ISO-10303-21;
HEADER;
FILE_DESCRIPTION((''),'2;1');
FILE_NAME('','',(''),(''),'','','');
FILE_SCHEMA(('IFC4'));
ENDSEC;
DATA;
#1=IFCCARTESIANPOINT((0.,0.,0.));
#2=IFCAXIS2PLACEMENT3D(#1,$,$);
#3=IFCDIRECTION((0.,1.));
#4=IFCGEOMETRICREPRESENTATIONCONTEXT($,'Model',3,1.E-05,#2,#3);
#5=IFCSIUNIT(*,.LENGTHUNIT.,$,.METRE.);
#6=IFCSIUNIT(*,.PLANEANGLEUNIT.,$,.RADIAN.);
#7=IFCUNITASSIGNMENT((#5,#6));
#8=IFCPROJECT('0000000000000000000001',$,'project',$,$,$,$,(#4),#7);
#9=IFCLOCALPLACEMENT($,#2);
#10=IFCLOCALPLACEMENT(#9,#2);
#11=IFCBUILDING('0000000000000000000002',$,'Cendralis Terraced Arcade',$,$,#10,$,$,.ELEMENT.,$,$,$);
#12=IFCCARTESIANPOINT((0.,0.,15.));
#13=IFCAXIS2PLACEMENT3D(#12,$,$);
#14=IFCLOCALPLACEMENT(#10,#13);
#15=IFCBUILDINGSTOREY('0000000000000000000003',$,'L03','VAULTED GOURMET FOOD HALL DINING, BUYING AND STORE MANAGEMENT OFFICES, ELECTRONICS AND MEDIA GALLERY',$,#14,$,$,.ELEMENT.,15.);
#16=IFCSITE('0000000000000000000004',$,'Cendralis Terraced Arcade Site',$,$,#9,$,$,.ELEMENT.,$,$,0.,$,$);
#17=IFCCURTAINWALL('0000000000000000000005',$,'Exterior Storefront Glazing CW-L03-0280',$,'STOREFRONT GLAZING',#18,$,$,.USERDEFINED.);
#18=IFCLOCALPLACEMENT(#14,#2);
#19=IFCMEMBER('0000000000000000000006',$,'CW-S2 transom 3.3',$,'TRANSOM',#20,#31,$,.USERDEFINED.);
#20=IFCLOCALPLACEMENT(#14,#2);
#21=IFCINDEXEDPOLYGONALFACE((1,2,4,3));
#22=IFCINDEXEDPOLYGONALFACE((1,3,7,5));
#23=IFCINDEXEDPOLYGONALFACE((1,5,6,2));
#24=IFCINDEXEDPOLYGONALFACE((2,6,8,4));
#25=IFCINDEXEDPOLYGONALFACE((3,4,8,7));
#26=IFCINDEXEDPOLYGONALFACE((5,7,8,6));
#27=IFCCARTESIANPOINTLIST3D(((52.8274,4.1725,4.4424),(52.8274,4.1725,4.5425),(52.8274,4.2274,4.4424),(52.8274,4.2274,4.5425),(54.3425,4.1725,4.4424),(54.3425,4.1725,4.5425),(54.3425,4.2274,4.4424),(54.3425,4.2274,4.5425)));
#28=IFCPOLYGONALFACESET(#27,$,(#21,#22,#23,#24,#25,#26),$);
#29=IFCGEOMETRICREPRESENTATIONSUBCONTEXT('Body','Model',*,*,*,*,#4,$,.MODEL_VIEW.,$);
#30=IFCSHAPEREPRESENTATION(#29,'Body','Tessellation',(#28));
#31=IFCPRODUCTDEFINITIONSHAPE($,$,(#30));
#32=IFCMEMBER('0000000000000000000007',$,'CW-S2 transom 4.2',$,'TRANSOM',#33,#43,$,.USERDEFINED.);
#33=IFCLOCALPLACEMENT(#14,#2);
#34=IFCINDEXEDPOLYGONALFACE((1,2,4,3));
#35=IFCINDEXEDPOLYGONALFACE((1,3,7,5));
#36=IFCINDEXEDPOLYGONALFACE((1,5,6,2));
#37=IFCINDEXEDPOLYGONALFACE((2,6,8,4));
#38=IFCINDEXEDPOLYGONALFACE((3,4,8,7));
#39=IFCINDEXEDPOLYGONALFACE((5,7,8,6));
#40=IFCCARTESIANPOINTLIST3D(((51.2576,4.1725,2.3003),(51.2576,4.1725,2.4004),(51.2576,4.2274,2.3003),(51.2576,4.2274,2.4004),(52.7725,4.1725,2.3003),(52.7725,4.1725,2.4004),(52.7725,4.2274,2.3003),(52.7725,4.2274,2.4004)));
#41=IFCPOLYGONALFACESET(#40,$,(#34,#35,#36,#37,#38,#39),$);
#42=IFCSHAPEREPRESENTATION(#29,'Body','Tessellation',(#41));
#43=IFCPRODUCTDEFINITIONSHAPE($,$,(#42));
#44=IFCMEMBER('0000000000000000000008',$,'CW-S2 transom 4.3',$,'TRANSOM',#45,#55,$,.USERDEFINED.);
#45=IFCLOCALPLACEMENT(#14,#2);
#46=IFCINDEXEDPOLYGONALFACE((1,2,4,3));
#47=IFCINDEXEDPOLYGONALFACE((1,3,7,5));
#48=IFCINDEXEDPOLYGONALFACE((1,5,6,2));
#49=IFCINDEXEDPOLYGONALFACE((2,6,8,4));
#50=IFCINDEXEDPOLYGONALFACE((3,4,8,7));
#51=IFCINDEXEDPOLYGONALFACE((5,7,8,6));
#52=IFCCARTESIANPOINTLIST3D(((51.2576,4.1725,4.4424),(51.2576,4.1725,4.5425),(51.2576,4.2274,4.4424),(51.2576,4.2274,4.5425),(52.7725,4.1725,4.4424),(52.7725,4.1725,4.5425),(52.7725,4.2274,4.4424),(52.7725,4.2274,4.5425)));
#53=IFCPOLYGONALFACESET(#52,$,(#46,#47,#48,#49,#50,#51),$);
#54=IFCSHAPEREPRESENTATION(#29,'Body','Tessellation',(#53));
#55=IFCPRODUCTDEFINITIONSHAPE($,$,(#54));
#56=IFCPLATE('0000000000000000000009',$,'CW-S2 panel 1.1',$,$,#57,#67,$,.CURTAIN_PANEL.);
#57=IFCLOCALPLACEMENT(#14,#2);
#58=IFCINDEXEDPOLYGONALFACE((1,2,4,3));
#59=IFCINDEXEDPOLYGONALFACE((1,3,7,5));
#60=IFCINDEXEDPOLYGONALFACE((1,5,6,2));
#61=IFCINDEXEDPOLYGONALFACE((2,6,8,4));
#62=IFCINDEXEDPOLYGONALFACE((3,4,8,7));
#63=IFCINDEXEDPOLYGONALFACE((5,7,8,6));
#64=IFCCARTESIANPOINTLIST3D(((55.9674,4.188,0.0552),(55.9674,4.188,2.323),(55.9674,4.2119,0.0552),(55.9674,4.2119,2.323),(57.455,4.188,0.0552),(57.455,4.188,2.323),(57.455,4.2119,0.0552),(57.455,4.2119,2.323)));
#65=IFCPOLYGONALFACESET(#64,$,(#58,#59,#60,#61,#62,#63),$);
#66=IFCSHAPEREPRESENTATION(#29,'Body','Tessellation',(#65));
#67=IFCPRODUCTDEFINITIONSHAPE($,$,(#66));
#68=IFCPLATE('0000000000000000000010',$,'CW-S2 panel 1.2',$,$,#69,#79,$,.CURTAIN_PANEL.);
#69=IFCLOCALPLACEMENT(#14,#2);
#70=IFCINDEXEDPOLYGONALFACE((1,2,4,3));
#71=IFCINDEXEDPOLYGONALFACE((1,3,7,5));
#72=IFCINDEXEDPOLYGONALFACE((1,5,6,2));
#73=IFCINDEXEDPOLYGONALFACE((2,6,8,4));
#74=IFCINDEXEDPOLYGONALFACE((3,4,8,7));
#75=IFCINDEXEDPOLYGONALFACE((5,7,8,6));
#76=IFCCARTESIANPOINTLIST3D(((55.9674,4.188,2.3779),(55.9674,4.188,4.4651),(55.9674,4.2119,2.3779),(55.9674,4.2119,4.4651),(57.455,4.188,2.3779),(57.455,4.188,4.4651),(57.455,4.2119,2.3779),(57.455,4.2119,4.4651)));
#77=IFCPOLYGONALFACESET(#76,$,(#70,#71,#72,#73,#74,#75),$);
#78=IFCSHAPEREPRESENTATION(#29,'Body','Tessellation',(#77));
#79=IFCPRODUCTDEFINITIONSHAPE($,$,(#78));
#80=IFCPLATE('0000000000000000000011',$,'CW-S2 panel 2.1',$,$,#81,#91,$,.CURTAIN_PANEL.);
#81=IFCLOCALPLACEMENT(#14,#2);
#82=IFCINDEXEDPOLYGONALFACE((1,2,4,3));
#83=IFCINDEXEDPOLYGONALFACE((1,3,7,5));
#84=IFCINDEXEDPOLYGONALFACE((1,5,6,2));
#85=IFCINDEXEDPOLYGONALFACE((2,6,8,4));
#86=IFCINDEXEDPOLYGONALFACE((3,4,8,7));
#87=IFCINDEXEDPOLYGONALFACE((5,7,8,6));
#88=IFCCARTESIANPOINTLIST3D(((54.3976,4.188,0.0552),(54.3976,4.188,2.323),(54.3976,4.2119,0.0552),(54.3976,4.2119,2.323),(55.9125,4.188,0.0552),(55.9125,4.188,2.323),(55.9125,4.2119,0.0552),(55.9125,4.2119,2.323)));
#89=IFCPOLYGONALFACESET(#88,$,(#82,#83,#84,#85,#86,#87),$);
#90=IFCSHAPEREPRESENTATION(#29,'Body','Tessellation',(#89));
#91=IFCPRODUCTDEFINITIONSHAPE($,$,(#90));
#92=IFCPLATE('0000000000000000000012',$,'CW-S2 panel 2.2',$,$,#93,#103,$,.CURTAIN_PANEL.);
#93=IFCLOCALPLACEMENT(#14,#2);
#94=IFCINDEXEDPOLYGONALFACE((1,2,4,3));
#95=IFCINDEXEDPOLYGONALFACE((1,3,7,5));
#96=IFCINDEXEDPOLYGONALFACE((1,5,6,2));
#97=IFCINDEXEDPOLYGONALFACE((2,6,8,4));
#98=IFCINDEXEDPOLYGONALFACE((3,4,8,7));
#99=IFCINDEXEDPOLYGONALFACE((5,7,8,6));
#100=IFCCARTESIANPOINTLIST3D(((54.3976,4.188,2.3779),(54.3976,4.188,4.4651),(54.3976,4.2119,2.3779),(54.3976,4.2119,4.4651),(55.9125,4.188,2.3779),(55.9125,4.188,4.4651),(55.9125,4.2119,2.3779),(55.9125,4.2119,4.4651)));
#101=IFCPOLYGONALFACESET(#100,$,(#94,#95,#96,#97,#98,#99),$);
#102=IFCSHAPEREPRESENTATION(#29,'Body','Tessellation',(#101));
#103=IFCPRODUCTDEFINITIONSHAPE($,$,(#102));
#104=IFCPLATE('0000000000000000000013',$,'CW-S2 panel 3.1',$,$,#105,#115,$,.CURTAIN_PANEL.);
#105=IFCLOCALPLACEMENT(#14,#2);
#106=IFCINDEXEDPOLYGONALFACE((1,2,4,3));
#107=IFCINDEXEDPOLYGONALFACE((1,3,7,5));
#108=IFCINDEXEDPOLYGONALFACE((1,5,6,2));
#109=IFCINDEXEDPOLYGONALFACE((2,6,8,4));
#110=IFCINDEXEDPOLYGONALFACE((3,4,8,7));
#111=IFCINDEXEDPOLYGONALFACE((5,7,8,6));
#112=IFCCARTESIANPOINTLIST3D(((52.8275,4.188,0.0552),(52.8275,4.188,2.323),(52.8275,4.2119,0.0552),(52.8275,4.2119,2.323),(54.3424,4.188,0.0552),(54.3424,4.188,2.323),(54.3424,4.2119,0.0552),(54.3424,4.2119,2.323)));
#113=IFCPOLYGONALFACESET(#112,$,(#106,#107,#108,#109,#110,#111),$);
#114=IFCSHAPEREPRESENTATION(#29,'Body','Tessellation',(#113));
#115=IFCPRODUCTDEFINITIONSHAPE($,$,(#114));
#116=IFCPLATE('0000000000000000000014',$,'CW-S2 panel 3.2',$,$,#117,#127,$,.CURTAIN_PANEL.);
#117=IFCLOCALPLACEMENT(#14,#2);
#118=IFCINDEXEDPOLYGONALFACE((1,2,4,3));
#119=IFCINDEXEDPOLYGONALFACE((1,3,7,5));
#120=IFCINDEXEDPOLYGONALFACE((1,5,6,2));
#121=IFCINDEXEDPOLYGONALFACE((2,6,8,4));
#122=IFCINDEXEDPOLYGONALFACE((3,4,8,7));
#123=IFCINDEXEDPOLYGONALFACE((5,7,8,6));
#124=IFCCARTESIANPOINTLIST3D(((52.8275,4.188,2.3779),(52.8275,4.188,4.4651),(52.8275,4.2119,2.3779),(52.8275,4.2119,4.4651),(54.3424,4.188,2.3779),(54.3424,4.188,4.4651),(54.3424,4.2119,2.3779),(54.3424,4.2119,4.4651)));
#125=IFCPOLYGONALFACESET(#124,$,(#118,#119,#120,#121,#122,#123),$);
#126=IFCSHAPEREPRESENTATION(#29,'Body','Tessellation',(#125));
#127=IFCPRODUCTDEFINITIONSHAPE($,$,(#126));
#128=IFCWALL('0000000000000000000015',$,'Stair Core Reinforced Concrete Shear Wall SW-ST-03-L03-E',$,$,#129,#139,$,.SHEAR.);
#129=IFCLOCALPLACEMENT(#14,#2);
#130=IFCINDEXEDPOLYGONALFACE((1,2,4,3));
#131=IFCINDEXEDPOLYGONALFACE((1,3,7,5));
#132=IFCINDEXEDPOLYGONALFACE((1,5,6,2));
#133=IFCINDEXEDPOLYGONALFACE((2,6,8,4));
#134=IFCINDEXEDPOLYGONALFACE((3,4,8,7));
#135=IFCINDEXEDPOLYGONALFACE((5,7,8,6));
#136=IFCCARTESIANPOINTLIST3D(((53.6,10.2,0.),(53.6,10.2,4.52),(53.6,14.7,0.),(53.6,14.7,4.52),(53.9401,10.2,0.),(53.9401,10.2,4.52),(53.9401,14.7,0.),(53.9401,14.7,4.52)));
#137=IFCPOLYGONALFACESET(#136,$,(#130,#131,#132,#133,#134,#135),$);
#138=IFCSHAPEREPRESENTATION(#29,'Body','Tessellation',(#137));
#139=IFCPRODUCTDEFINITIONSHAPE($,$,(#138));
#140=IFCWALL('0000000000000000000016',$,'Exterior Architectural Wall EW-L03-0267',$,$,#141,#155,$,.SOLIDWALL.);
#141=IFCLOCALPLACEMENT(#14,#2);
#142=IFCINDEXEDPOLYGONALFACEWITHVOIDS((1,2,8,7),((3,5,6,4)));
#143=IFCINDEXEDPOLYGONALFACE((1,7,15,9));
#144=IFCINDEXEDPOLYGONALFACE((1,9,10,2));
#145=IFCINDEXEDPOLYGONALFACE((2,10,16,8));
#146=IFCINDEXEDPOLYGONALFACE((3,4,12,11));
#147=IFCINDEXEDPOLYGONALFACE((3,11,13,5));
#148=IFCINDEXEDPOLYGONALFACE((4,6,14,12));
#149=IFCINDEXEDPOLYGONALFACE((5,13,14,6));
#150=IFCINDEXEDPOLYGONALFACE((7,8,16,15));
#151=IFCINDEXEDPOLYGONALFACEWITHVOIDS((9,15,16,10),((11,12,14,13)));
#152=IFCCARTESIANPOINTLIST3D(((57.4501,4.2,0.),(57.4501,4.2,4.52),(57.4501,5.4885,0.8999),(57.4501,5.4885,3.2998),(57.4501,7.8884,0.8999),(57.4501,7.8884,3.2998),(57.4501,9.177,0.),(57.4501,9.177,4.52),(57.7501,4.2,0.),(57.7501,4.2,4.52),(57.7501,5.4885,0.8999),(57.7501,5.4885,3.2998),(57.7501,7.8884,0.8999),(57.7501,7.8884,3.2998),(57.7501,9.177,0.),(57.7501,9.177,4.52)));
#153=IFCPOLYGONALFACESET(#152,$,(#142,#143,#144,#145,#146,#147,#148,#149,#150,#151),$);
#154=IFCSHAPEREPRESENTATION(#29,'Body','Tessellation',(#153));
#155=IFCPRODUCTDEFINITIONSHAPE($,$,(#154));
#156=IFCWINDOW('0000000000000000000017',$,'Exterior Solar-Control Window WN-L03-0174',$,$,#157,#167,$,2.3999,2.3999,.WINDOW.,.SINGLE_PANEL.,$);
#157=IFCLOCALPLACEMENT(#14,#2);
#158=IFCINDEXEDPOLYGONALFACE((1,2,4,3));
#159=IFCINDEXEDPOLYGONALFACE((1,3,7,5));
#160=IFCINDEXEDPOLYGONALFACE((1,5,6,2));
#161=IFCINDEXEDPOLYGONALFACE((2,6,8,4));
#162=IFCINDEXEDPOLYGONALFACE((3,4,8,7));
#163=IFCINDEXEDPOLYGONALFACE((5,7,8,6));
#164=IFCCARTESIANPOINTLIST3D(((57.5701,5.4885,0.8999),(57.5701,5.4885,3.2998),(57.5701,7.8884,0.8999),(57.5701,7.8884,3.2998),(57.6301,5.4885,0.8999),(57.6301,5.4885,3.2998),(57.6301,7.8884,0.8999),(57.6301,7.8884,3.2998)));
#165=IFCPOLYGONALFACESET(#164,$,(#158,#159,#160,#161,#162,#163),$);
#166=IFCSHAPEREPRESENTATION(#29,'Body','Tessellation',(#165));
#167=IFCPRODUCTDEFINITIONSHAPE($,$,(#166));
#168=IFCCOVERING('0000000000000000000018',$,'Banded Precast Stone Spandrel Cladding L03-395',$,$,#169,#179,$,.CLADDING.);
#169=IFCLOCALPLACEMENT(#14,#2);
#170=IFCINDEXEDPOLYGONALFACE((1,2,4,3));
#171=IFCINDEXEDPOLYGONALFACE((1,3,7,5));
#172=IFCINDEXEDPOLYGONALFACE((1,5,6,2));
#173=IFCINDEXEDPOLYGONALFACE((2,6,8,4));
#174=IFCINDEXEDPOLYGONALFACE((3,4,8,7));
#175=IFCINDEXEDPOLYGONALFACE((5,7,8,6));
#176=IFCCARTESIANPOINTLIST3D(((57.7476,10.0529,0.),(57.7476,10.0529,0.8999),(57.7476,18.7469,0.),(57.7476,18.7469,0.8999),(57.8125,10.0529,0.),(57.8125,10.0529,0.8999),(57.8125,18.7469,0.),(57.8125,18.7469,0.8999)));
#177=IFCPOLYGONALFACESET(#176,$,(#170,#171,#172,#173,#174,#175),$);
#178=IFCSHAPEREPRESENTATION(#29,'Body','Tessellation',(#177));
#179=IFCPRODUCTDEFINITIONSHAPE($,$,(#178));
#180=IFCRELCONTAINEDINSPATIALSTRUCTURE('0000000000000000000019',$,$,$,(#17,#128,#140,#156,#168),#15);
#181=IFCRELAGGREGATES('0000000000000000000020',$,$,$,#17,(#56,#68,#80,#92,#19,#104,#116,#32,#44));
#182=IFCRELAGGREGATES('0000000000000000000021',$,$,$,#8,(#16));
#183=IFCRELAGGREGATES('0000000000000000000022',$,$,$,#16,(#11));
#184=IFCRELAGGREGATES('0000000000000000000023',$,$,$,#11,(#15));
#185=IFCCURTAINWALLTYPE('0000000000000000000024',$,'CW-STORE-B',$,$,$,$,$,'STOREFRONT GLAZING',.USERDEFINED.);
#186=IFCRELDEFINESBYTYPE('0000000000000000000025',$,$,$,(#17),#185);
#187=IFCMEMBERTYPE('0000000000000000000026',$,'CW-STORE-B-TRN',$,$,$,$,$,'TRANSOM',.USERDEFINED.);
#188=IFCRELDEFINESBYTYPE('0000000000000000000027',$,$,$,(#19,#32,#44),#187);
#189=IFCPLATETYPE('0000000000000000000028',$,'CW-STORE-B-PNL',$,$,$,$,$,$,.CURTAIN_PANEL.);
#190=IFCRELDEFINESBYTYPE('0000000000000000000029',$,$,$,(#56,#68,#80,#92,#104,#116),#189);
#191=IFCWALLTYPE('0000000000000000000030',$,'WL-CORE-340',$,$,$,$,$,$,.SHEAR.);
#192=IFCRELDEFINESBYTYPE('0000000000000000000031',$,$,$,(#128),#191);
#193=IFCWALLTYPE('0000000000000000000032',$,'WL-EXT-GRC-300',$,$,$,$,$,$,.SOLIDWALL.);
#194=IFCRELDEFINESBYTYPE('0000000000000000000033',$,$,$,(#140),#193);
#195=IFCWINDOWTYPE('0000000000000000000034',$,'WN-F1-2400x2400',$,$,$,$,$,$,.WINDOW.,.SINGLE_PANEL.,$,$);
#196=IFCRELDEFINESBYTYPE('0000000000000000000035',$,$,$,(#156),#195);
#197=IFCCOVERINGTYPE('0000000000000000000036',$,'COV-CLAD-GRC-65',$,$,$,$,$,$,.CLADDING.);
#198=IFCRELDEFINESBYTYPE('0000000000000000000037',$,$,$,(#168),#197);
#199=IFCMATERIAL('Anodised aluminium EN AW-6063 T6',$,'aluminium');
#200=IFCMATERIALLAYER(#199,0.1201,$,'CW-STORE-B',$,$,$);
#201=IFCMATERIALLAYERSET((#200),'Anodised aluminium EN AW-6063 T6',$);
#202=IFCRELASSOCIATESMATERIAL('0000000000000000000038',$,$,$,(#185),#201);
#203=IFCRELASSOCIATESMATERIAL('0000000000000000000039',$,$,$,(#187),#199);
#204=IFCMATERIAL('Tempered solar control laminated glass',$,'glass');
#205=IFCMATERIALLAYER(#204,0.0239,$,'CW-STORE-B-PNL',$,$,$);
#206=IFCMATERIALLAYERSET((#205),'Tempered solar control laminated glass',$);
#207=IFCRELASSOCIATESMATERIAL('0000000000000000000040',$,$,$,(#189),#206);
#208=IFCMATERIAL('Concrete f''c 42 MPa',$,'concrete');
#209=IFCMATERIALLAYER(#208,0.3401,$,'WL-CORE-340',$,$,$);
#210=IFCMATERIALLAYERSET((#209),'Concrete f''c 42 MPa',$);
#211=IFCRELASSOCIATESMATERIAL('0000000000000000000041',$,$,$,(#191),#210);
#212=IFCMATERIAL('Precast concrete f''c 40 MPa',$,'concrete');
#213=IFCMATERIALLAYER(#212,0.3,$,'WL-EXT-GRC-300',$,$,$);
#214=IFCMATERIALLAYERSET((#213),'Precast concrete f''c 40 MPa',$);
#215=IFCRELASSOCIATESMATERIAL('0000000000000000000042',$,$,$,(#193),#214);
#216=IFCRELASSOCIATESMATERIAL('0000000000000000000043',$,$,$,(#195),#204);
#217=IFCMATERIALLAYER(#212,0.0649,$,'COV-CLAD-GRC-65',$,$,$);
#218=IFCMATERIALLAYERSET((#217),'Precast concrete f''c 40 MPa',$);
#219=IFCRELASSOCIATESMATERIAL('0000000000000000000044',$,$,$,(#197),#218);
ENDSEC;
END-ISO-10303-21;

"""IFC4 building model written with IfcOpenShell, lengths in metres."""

from ifc_helpers import new_model, si_unit, direction, frame, frame_2d, origin, origin_2d, place, context, subcontext, project, spatial, rectangle, extrude, material, layer, layer_set, material_profile, profile_set, type_object, element, fill, aggregate, save


model = new_model("IFC4")

# Units and contexts
model_context = context("Model", 3, precision=1e-05, world=origin(), true_north=direction((0.0, 1.0)))
body_context = subcontext(model_context, "Body", "Model", "MODEL_VIEW")
ifc_project = project(units=[si_unit("LENGTHUNIT", "METRE"), si_unit("PLANEANGLEUNIT", "RADIAN")], contexts=[model_context])

# Site, building, storey
site_placement = place(None, origin())
site = spatial("IfcSite", under=ifc_project, at=site_placement, Name="Cendralis Terraced Arcade Site", CompositionType="ELEMENT", RefElevation=0.0)
building_placement = place(site_placement, origin())
building = spatial("IfcBuilding", under=site, at=building_placement, Name="Cendralis Terraced Arcade", CompositionType="ELEMENT")
storey_placement = place(building_placement, frame((0.0, 0.0, 15.0)))
storey = spatial("IfcBuildingStorey", under=building, at=storey_placement, Name="L03", Description="VAULTED GOURMET FOOD HALL DINING, BUYING AND STORE MANAGEMENT OFFICES, ELECTRONICS AND MEDIA GALLERY", CompositionType="ELEMENT", Elevation=15.0)

# Shared definitions
ifc_material_1 = material(Name="Concrete f'c 42 MPa", Category="concrete")

# Curtain wall, members, plates
ifc_material_2 = material(Name="Anodised aluminium EN AW-6063 T6", Category="aluminium")
ifc_layer_1 = layer(ifc_material_2, 0.1201, Name="CW-STORE-B")
ifc_layer_set_1 = layer_set([ifc_layer_1], Name="Anodised aluminium EN AW-6063 T6")
curtain_wall_type = type_object("IfcCurtainWallType", Name="CW-STORE-B", ElementType="STOREFRONT GLAZING", PredefinedType="USERDEFINED", material=ifc_layer_set_1)
curtain_wall_placement = place(storey_placement, origin())
curtain_wall = element("IfcCurtainWall", 1, at=curtain_wall_placement, inside=storey, type_object=curtain_wall_type, Name="Exterior Storefront Glazing CW-L03-0280", ObjectType="STOREFRONT GLAZING", PredefinedType="USERDEFINED")
ifc_material_profile_1 = material_profile(ifc_material_2, rectangle(XDim=0.0549, YDim=0.1001, at=origin_2d()), Name="ALU-TRN-55x100")
ifc_profile_set_1 = profile_set([ifc_material_profile_1], Name="Anodised aluminium EN AW-6063 T6")
member_type_1 = type_object("IfcMemberType", Name="CW-STORE-B-TRN", ElementType="TRANSOM", PredefinedType="USERDEFINED", material=ifc_profile_set_1)
member_1_placement = place(storey_placement, frame((54.3425, 4.2, 4.4924), z_axis=(-1.0, 0.0, 0.0), x_axis=(0.0, -1.0, 0.0)))
member_1 = element("IfcMember", 2, at=member_1_placement, type_object=member_type_1, Name="CW-S2 transom 3.3", ObjectType="TRANSOM", PredefinedType="USERDEFINED", context=body_context, shape_type="SweptSolid", body=[
    extrude(rectangle(XDim=0.0549, YDim=0.1001, at=origin_2d()), origin(), (0.0, 0.0, 1.0), 1.5151),
])
member_2_placement = place(storey_placement, frame((52.7725, 4.2, 2.3503), z_axis=(-1.0, 0.0, 0.0), x_axis=(0.0, -1.0, 0.0)))
member_2 = element("IfcMember", 3, at=member_2_placement, type_object=member_type_1, Name="CW-S2 transom 4.2", ObjectType="TRANSOM", PredefinedType="USERDEFINED", context=body_context, shape_type="SweptSolid", body=[
    extrude(rectangle(XDim=0.0549, YDim=0.1001, at=origin_2d()), origin(), (0.0, 0.0, 1.0), 1.5149),
])
member_3_placement = place(storey_placement, frame((52.7725, 4.2, 4.4924), z_axis=(-1.0, 0.0, 0.0), x_axis=(0.0, -1.0, 0.0)))
member_3 = element("IfcMember", 4, at=member_3_placement, type_object=member_type_1, Name="CW-S2 transom 4.3", ObjectType="TRANSOM", PredefinedType="USERDEFINED", context=body_context, shape_type="SweptSolid", body=[
    extrude(rectangle(XDim=0.0549, YDim=0.1001, at=origin_2d()), origin(), (0.0, 0.0, 1.0), 1.5149),
])
ifc_material_3 = material(Name="Tempered solar control laminated glass", Category="glass")
ifc_layer_2 = layer(ifc_material_3, 0.0239, Name="CW-STORE-B-PNL")
ifc_layer_set_2 = layer_set([ifc_layer_2], Name="Tempered solar control laminated glass")
plate_type = type_object("IfcPlateType", Name="CW-STORE-B-PNL", PredefinedType="CURTAIN_PANEL", material=ifc_layer_set_2)
plate_1_placement = place(storey_placement, frame((56.7112, 4.2, 0.0552), z_axis=(0.0, 0.0, 1.0), x_axis=(-1.0, 0.0, 0.0)))
plate_1 = element("IfcPlate", 5, at=plate_1_placement, type_object=plate_type, Name="CW-S2 panel 1.1", PredefinedType="CURTAIN_PANEL", context=body_context, shape_type="SweptSolid", body=[
    extrude(rectangle(XDim=1.4875, YDim=0.0239, at=origin_2d()), origin(), (0.0, 0.0, 1.0), 2.2678),
])
plate_2_placement = place(storey_placement, frame((56.7112, 4.2, 2.3779), z_axis=(0.0, 0.0, 1.0), x_axis=(-1.0, 0.0, 0.0)))
plate_2 = element("IfcPlate", 6, at=plate_2_placement, type_object=plate_type, Name="CW-S2 panel 1.2", PredefinedType="CURTAIN_PANEL", context=body_context, shape_type="SweptSolid", body=[
    extrude(rectangle(XDim=1.4875, YDim=0.0239, at=origin_2d()), origin(), (0.0, 0.0, 1.0), 2.0872),
])
plate_3_placement = place(storey_placement, frame((55.155, 4.2, 0.0552), z_axis=(0.0, 0.0, 1.0), x_axis=(-1.0, 0.0, 0.0)))
plate_3 = element("IfcPlate", 7, at=plate_3_placement, type_object=plate_type, Name="CW-S2 panel 2.1", PredefinedType="CURTAIN_PANEL", context=body_context, shape_type="SweptSolid", body=[
    extrude(rectangle(XDim=1.5149, YDim=0.0239, at=origin_2d()), origin(), (0.0, 0.0, 1.0), 2.2678),
])
plate_4_placement = place(storey_placement, frame((55.155, 4.2, 2.3779), z_axis=(0.0, 0.0, 1.0), x_axis=(-1.0, 0.0, 0.0)))
plate_4 = element("IfcPlate", 8, at=plate_4_placement, type_object=plate_type, Name="CW-S2 panel 2.2", PredefinedType="CURTAIN_PANEL", context=body_context, shape_type="SweptSolid", body=[
    extrude(rectangle(XDim=1.5149, YDim=0.0239, at=origin_2d()), origin(), (0.0, 0.0, 1.0), 2.0872),
])
plate_5_placement = place(storey_placement, frame((53.585, 4.2, 0.0552), z_axis=(0.0, 0.0, 1.0), x_axis=(-1.0, 0.0, 0.0)))
plate_5 = element("IfcPlate", 9, at=plate_5_placement, type_object=plate_type, Name="CW-S2 panel 3.1", PredefinedType="CURTAIN_PANEL", context=body_context, shape_type="SweptSolid", body=[
    extrude(rectangle(XDim=1.5149, YDim=0.0239, at=origin_2d()), origin(), (0.0, 0.0, 1.0), 2.2678),
])
plate_6_placement = place(storey_placement, frame((53.585, 4.2, 2.3779), z_axis=(0.0, 0.0, 1.0), x_axis=(-1.0, 0.0, 0.0)))
plate_6 = element("IfcPlate", 10, at=plate_6_placement, type_object=plate_type, Name="CW-S2 panel 3.2", PredefinedType="CURTAIN_PANEL", context=body_context, shape_type="SweptSolid", body=[
    extrude(rectangle(XDim=1.5149, YDim=0.0239, at=origin_2d()), origin(), (0.0, 0.0, 1.0), 2.0872),
])
aggregate(curtain_wall, [plate_1, plate_2, plate_3, plate_4, member_1, plate_5, plate_6, member_2, member_3])

# Wall
ifc_layer_3 = layer(ifc_material_1, 0.3401, Name="WL-CORE-340")
ifc_layer_set_3 = layer_set([ifc_layer_3], Name="Concrete f'c 42 MPa")
wall_type_1 = type_object("IfcWallType", Name="WL-CORE-340", PredefinedType="SHEAR", material=ifc_layer_set_3)
wall_1_placement = place(storey_placement, frame((53.77, 10.2, 0.0), z_axis=(0.0, 0.0, 1.0), x_axis=(0.0, 1.0, 0.0)))
element("IfcWall", 11, at=wall_1_placement, inside=storey, type_object=wall_type_1, Name="Stair Core Reinforced Concrete Shear Wall SW-ST-03-L03-E", PredefinedType="SHEAR", context=body_context, shape_type="SweptSolid", body=[
    extrude(rectangle(XDim=4.5, YDim=0.3401, at=frame_2d((2.25, 0.0))), origin(), (0.0, 0.0, 1.0), 4.52),
])

# Wall, opening, window
ifc_material_4 = material(Name="Precast concrete f'c 40 MPa", Category="concrete")
ifc_layer_4 = layer(ifc_material_4, 0.3, Name="WL-EXT-GRC-300")
ifc_layer_set_4 = layer_set([ifc_layer_4], Name="Precast concrete f'c 40 MPa")
wall_type_2 = type_object("IfcWallType", Name="WL-EXT-GRC-300", PredefinedType="SOLIDWALL", material=ifc_layer_set_4)
wall_2_placement = place(storey_placement, frame((57.6001, 9.177, 0.0), z_axis=(0.0, 0.0, 1.0), x_axis=(0.0, -1.0, 0.0)))
wall_2 = element("IfcWall", 12, at=wall_2_placement, inside=storey, type_object=wall_type_2, Name="Exterior Architectural Wall EW-L03-0267", PredefinedType="SOLIDWALL", context=body_context, shape_type="SweptSolid", body=[
    extrude(rectangle(XDim=4.9771, YDim=0.3, at=frame_2d((2.4885, 0.0))), origin(), (0.0, 0.0, 1.0), 4.52),
])
opening_placement = place(wall_2_placement, frame((1.2886, 0.0, 0.8999)))
opening = element("IfcOpeningElement", 13, at=opening_placement, cuts=wall_2, PredefinedType="OPENING", context=body_context, shape_type="SweptSolid", body=[
    extrude(rectangle(XDim=2.3999, YDim=2.3999, at=frame_2d((1.2, 1.2))), frame((0.0, 0.1621, 0.0), z_axis=(0.0, -1.0, 0.0), x_axis=(1.0, 0.0, 0.0)), (0.0, 0.0, 1.0), 0.324),
])
window_type = type_object("IfcWindowType", Name="WN-F1-2400x2400", PartitioningType="SINGLE_PANEL", PredefinedType="WINDOW", material=ifc_material_3)
window_placement = place(opening_placement, origin())
window = element("IfcWindow", 14, at=window_placement, inside=storey, type_object=window_type, Name="Exterior Solar-Control Window WN-L03-0174", OverallHeight=2.3999, OverallWidth=2.3999, PartitioningType="SINGLE_PANEL", PredefinedType="WINDOW", context=body_context, shape_type="SweptSolid", body=[
    extrude(rectangle(XDim=2.3999, YDim=2.3999, at=frame_2d((1.2, 1.2))), frame((0.0, 0.03, 0.0), z_axis=(0.0, -1.0, 0.0), x_axis=(1.0, 0.0, 0.0)), (0.0, 0.0, 1.0), 0.0601),
])
fill(opening, window)

# Covering
ifc_layer_5 = layer(ifc_material_4, 0.0649, Name="COV-CLAD-GRC-65")
ifc_layer_set_5 = layer_set([ifc_layer_5], Name="Precast concrete f'c 40 MPa")
covering_type = type_object("IfcCoveringType", Name="COV-CLAD-GRC-65", PredefinedType="CLADDING", material=ifc_layer_set_5)
covering_1_placement = place(storey_placement, frame((57.78, 14.3999, 0.0), z_axis=(0.0, 0.0, 1.0), x_axis=(0.0, -1.0, 0.0)))
element("IfcCovering", 15, at=covering_1_placement, inside=storey, type_object=covering_type, Name="Banded Precast Stone Spandrel Cladding L03-395", PredefinedType="CLADDING", context=body_context, shape_type="SweptSolid", body=[
    extrude(rectangle(XDim=8.6941, YDim=0.0649, at=origin_2d()), origin(), (0.0, 0.0, 1.0), 0.8999),
])

save(model, "model.ifc")
